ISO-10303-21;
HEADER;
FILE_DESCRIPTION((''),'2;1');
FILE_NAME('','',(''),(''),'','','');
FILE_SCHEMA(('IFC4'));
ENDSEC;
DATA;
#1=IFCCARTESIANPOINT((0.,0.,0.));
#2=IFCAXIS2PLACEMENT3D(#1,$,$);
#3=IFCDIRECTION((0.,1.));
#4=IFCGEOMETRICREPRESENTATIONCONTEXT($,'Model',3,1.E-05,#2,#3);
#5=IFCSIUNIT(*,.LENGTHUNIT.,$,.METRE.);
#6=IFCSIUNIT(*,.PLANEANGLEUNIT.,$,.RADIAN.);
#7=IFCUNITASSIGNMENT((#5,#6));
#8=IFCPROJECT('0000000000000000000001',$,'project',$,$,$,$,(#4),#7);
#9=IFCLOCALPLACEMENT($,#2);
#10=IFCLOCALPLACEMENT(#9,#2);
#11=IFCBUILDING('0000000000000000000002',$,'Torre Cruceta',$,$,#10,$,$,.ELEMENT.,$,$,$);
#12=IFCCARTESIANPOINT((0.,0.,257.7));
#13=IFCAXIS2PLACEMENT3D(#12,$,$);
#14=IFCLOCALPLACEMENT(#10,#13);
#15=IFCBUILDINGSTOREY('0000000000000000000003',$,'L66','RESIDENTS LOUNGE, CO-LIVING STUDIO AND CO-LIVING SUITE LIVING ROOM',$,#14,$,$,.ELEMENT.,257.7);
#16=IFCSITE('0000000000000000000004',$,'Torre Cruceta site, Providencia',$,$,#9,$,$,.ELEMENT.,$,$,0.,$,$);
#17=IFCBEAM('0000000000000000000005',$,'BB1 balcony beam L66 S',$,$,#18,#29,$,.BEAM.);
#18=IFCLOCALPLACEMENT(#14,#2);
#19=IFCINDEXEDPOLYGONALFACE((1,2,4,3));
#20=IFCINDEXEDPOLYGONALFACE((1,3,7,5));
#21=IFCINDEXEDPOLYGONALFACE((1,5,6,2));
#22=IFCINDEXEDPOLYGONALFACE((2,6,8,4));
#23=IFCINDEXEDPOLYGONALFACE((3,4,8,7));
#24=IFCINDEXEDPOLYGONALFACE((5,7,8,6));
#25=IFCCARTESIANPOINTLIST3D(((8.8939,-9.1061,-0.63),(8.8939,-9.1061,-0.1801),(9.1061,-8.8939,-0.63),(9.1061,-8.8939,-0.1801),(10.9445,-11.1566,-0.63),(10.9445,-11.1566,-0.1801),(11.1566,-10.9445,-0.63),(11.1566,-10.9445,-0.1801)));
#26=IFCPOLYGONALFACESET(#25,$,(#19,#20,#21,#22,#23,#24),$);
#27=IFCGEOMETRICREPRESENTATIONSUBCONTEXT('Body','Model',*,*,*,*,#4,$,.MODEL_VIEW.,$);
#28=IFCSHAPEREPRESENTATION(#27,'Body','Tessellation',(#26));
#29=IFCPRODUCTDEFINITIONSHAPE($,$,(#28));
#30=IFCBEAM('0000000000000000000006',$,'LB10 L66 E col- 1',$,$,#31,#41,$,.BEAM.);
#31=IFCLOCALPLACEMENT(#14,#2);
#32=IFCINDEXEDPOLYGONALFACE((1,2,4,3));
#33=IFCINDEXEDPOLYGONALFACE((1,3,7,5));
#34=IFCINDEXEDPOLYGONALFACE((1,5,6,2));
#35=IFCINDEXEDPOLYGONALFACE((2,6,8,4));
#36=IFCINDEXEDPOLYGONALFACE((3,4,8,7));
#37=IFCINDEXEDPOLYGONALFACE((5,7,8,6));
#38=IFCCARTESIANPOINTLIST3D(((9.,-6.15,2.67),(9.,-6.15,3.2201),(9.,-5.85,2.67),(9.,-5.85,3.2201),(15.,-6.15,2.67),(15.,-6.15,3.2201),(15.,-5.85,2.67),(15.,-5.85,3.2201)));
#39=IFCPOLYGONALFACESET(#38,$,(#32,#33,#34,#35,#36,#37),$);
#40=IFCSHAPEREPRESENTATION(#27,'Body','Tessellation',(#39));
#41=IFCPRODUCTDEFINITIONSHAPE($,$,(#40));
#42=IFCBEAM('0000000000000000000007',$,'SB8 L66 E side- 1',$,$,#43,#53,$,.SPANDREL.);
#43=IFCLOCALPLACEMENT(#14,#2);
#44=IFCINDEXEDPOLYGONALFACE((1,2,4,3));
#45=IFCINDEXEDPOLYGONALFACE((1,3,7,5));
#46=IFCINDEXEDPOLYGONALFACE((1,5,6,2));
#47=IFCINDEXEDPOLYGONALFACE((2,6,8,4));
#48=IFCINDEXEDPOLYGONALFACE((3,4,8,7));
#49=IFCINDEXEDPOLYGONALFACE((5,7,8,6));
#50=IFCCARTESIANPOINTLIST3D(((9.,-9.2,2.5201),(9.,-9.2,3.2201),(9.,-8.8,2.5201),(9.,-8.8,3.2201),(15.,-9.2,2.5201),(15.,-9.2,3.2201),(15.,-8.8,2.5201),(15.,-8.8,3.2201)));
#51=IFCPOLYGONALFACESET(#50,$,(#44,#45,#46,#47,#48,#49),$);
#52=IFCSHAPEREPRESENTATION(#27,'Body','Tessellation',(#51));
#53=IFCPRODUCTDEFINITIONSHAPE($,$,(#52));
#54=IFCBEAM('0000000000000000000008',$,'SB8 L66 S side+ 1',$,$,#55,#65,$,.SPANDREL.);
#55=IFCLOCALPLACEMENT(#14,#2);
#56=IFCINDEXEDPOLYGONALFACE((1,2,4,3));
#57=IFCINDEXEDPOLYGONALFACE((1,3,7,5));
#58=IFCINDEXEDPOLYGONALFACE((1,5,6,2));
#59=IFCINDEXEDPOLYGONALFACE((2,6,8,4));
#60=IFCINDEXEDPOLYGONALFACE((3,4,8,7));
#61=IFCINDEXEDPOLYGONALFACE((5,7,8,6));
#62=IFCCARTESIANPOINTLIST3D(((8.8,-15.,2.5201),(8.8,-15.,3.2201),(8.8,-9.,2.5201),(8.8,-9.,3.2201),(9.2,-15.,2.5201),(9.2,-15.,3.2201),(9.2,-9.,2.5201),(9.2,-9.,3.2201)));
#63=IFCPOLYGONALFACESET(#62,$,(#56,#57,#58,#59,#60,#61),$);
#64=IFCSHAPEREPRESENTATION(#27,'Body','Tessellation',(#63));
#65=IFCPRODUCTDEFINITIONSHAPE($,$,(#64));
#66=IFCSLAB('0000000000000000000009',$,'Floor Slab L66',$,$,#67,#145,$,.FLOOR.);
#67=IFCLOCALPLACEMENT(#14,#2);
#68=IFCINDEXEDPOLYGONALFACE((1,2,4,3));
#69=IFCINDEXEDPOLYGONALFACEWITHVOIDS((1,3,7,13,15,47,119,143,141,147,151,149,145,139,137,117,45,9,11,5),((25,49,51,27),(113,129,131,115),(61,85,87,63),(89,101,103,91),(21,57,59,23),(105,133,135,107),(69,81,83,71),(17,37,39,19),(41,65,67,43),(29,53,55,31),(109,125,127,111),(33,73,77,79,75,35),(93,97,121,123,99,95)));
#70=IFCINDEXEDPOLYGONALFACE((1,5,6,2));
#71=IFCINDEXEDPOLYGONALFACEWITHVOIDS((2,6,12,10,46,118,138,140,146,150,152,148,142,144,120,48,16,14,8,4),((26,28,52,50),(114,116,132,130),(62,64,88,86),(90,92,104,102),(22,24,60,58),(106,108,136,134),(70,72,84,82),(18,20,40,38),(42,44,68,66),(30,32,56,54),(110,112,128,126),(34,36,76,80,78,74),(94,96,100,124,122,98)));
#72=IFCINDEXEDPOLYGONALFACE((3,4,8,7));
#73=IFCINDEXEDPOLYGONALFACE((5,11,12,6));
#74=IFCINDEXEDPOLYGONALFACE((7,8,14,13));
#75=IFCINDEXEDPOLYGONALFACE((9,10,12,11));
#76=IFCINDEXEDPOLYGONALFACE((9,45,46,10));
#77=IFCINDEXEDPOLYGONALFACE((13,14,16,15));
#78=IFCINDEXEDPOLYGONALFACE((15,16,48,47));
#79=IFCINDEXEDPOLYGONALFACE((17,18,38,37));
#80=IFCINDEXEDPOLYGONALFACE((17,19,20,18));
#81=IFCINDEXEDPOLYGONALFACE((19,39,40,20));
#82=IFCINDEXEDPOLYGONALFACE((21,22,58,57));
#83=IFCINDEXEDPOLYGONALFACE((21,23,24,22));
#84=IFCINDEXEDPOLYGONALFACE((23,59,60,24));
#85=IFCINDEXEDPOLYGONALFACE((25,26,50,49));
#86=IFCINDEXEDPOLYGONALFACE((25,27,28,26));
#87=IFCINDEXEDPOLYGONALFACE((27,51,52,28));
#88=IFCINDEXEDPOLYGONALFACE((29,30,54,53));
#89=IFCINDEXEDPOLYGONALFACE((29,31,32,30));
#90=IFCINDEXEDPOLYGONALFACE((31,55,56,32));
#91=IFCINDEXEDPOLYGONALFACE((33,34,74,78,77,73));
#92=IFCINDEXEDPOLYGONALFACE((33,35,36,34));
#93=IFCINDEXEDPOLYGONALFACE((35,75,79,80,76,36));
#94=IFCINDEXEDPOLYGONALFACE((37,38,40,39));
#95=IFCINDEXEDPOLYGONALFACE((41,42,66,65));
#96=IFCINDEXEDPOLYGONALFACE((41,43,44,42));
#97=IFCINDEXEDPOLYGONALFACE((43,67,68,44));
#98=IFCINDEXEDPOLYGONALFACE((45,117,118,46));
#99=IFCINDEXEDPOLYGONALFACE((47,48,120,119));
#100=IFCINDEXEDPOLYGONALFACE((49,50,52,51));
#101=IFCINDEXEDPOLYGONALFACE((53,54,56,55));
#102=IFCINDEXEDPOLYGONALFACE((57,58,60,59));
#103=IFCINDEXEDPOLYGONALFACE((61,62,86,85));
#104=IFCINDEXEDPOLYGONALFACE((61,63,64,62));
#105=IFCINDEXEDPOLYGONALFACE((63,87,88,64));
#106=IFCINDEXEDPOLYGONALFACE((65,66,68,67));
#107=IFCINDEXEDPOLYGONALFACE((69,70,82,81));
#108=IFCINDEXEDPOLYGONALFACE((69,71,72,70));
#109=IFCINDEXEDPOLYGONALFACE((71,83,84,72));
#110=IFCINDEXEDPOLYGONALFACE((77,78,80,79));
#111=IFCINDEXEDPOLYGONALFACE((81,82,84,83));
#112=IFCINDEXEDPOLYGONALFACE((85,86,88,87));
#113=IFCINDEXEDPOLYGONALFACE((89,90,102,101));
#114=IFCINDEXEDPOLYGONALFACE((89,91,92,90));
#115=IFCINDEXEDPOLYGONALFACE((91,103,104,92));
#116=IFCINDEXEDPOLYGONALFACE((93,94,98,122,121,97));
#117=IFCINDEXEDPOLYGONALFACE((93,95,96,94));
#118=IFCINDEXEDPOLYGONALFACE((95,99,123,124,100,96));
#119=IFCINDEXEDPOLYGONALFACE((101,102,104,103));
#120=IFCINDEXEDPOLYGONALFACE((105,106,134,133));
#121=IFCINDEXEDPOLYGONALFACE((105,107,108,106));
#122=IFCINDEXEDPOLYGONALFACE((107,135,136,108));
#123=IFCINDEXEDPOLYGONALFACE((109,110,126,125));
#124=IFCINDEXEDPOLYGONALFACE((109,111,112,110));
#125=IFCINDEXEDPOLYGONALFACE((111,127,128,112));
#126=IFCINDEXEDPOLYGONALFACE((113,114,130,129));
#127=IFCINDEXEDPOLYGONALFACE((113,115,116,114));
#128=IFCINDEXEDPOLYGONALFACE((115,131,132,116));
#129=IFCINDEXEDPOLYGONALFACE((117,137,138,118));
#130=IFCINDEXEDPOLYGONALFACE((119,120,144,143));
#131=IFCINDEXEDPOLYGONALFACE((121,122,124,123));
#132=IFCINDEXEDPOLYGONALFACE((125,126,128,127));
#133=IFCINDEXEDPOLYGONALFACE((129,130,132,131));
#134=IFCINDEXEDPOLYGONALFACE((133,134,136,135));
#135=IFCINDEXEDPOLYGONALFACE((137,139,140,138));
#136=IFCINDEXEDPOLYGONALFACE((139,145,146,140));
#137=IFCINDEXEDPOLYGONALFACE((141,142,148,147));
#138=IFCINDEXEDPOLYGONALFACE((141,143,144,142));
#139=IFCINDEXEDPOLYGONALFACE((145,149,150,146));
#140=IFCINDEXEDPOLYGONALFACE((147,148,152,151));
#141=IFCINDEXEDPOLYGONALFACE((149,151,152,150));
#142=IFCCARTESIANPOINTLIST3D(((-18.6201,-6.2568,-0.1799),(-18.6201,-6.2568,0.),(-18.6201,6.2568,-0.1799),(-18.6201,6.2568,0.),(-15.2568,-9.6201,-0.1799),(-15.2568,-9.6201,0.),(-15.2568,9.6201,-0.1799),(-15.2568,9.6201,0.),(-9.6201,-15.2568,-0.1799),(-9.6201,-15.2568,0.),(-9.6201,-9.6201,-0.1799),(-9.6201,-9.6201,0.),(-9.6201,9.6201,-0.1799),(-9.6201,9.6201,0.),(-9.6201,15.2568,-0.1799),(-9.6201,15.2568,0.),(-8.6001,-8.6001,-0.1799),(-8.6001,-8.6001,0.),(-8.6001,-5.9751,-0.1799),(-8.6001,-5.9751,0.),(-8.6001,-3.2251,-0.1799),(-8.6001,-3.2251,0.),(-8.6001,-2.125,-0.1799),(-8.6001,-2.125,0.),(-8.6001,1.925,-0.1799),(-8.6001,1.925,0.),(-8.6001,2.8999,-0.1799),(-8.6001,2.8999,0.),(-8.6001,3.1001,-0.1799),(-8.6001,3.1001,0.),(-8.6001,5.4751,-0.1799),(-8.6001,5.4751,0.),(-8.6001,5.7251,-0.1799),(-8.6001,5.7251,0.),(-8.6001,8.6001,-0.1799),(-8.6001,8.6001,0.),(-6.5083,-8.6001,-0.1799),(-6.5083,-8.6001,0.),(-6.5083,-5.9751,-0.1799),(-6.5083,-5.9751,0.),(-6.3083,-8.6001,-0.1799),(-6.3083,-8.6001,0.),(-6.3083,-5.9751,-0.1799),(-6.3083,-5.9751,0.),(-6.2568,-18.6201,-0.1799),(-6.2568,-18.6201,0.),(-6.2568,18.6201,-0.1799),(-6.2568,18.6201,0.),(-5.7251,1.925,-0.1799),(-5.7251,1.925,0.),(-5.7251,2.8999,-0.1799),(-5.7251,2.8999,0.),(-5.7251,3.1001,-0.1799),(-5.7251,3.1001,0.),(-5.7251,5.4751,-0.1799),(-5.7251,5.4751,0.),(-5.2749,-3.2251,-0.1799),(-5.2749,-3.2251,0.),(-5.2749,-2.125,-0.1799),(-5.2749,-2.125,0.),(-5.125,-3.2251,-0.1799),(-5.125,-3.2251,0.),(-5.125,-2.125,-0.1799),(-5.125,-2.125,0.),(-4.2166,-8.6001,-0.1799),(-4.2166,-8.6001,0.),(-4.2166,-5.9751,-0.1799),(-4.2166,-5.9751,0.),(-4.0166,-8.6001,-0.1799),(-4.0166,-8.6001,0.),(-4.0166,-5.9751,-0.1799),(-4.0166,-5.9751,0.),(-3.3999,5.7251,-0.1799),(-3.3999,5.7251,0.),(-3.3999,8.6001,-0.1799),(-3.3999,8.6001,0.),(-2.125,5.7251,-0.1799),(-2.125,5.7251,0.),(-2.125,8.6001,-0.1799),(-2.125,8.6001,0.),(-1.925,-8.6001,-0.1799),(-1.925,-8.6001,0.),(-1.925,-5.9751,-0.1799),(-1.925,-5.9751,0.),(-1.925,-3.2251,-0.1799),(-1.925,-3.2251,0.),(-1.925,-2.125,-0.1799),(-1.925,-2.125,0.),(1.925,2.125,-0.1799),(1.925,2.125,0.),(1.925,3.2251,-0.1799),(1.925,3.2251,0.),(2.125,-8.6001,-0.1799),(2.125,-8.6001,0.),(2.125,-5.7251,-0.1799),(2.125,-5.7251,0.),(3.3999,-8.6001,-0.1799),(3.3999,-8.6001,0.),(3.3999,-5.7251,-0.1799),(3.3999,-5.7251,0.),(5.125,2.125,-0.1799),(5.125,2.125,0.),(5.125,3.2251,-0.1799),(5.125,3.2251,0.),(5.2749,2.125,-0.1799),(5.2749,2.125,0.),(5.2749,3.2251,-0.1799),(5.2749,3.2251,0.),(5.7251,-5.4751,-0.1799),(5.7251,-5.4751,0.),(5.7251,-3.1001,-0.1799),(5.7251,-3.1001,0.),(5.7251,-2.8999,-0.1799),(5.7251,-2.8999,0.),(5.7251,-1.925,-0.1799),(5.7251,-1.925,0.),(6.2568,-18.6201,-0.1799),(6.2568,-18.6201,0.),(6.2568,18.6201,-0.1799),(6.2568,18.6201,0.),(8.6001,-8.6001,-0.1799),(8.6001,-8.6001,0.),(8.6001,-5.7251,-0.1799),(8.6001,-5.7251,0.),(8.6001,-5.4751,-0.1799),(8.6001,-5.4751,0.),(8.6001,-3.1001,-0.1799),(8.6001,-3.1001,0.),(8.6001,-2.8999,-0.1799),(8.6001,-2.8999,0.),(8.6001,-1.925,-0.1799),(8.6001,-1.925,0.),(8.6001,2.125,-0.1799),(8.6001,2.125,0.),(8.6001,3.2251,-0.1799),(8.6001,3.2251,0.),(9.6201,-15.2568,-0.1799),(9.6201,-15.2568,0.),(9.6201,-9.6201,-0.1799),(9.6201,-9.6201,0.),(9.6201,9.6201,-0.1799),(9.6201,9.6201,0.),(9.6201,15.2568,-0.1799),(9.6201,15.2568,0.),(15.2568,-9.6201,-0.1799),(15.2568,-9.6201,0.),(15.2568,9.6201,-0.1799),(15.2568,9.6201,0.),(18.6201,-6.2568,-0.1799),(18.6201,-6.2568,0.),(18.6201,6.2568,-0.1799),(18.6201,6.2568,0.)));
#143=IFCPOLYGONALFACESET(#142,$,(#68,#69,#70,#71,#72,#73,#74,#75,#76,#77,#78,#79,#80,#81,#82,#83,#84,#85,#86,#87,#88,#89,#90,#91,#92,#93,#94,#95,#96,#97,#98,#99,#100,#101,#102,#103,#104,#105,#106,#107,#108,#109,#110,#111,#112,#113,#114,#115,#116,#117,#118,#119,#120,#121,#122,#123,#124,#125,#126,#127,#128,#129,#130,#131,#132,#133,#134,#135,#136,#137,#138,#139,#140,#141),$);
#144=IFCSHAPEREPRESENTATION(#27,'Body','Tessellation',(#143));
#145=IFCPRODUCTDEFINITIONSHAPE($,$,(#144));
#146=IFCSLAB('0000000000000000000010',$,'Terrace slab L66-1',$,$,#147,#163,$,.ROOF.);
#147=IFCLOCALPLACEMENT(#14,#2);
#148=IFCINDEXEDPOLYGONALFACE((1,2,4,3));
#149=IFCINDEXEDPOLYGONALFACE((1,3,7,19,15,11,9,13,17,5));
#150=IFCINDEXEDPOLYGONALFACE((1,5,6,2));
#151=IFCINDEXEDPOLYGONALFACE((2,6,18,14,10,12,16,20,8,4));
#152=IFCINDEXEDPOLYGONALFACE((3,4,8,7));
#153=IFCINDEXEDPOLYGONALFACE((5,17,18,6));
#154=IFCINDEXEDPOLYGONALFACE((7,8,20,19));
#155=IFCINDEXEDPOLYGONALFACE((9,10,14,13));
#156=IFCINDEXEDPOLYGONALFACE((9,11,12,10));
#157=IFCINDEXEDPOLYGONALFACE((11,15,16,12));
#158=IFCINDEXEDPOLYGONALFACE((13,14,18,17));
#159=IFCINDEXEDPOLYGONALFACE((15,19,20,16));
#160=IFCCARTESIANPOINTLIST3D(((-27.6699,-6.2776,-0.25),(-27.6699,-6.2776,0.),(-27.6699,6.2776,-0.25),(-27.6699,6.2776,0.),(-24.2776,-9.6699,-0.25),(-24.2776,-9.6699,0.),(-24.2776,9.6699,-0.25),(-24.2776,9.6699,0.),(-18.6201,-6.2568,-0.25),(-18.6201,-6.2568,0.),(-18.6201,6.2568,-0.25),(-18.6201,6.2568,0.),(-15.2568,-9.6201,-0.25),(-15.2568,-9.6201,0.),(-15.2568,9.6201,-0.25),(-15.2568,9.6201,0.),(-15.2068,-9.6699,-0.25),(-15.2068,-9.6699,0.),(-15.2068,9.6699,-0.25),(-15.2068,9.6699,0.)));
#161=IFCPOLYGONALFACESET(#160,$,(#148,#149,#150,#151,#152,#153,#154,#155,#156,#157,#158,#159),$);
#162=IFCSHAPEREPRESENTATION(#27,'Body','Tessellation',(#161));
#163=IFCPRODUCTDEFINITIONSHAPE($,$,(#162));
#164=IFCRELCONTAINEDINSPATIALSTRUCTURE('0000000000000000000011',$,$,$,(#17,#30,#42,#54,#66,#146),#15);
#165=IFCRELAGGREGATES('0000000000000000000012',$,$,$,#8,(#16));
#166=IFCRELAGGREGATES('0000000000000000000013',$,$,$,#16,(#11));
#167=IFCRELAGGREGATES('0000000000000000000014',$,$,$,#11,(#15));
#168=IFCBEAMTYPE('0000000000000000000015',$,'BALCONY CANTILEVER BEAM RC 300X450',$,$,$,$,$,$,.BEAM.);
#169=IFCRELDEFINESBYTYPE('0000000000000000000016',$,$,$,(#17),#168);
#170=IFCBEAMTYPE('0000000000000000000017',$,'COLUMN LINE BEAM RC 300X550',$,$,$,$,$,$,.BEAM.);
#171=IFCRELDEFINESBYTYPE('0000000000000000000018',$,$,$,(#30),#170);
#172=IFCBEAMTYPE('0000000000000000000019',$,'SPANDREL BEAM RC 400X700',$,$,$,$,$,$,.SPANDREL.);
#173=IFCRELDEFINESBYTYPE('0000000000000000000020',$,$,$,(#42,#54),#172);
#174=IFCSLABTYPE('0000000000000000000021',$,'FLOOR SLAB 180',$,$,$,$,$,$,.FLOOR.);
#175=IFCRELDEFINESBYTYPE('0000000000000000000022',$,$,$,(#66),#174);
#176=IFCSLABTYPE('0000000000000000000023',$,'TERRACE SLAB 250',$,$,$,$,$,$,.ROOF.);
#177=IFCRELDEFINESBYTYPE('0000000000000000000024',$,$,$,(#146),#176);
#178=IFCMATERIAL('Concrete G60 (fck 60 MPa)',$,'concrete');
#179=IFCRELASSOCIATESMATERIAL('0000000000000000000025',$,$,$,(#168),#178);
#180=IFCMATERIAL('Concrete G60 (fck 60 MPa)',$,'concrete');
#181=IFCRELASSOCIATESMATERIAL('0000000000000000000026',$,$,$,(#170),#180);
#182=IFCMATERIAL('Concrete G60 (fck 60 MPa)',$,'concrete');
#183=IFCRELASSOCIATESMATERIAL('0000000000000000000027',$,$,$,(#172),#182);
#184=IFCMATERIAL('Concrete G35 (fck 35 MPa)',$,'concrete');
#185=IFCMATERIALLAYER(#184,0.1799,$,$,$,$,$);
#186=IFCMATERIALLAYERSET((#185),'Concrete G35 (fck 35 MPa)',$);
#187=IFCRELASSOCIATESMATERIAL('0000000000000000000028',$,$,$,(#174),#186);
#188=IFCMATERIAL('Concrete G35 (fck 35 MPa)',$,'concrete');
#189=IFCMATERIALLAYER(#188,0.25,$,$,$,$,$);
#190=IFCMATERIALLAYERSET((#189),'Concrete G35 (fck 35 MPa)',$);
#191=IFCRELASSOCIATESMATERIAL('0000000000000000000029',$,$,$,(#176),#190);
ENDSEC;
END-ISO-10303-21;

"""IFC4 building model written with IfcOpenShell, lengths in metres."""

from ifc_helpers import new_model, si_unit, direction, frame, origin, origin_2d, place, context, subcontext, project, spatial, polyline, rectangle, outline, extrude, material, layer, layer_set, material_profile, profile_set, type_object, element, save


model = new_model("IFC4")

# Units and contexts
model_context = context("Model", 3, precision=1e-05, world=origin(), true_north=direction((0.0, 1.0)))
body_context = subcontext(model_context, "Body", "Model", "MODEL_VIEW")
ifc_project = project(units=[si_unit("LENGTHUNIT", "METRE"), si_unit("PLANEANGLEUNIT", "RADIAN")], contexts=[model_context])

# Site, building, storey
site_placement = place(None, origin())
site = spatial("IfcSite", under=ifc_project, at=site_placement, Name="Torre Cruceta site, Providencia", CompositionType="ELEMENT", RefElevation=0.0)
building_placement = place(site_placement, origin())
building = spatial("IfcBuilding", under=site, at=building_placement, Name="Torre Cruceta", CompositionType="ELEMENT")
storey_placement = place(building_placement, frame((0.0, 0.0, 257.7)))
storey = spatial("IfcBuildingStorey", under=building, at=storey_placement, Name="L66", Description="RESIDENTS LOUNGE, CO-LIVING STUDIO AND CO-LIVING SUITE LIVING ROOM", CompositionType="ELEMENT", Elevation=257.7)

# Beams
ifc_material_1 = material(Name="Concrete G60 (fck 60 MPa)", Category="concrete")
ifc_material_profile_1 = material_profile(ifc_material_1, rectangle(XDim=0.3, YDim=0.45, at=origin_2d()), Name="RC 300X450")
ifc_profile_set_1 = profile_set([ifc_material_profile_1], Name="Concrete G60 (fck 60 MPa)")
beam_type_1 = type_object("IfcBeamType", Name="BALCONY CANTILEVER BEAM RC 300X450", PredefinedType="BEAM", material=ifc_profile_set_1)
beam_1_placement = place(storey_placement, frame((9.0, -9.0, -0.405), z_axis=(0.707107, -0.707107, 0.0), x_axis=(0.707107, 0.707107, 0.0)))
element("IfcBeam", 1, at=beam_1_placement, inside=storey, type_object=beam_type_1, Name="BB1 balcony beam L66 S", PredefinedType="BEAM", context=body_context, shape_type="SweptSolid", body=[
    extrude(rectangle(XDim=0.3, YDim=0.45, at=origin_2d()), origin(), (0.0, 0.0, 1.0), 2.8999),
])
ifc_material_2 = material(Name="Concrete G60 (fck 60 MPa)", Category="concrete")
ifc_material_profile_2 = material_profile(ifc_material_2, rectangle(XDim=0.3, YDim=0.55, at=origin_2d()), Name="RC 300X550")
ifc_profile_set_2 = profile_set([ifc_material_profile_2], Name="Concrete G60 (fck 60 MPa)")
beam_type_2 = type_object("IfcBeamType", Name="COLUMN LINE BEAM RC 300X550", PredefinedType="BEAM", material=ifc_profile_set_2)
beam_2_placement = place(storey_placement, frame((9.0, -6.0, 2.9451), z_axis=(1.0, 0.0, 0.0), x_axis=(0.0, 1.0, 0.0)))
element("IfcBeam", 2, at=beam_2_placement, inside=storey, type_object=beam_type_2, Name="LB10 L66 E col- 1", PredefinedType="BEAM", context=body_context, shape_type="SweptSolid", body=[
    extrude(rectangle(XDim=0.3, YDim=0.55, at=origin_2d()), origin(), (0.0, 0.0, 1.0), 6.0),
])
ifc_material_3 = material(Name="Concrete G60 (fck 60 MPa)", Category="concrete")
ifc_material_profile_3 = material_profile(ifc_material_3, rectangle(XDim=0.3999, YDim=0.7, at=origin_2d()), Name="RC 400X700")
ifc_profile_set_3 = profile_set([ifc_material_profile_3], Name="Concrete G60 (fck 60 MPa)")
beam_type_3 = type_object("IfcBeamType", Name="SPANDREL BEAM RC 400X700", PredefinedType="SPANDREL", material=ifc_profile_set_3)
for number, where, z_axis, x_axis, name in (
    (3, (9.0, -9.0, 2.8701), (1.0, 0.0, 0.0), (0.0, 1.0, 0.0), "SB8 L66 E side- 1"),
    (4, (9.0, -9.0, 2.8701), (0.0, -1.0, 0.0), (1.0, 0.0, 0.0), "SB8 L66 S side+ 1"),
):
    element("IfcBeam", number, at=place(storey_placement, frame(where, z_axis=z_axis, x_axis=x_axis)), inside=storey, type_object=beam_type_3, Name=name, PredefinedType="SPANDREL", context=body_context, shape_type="SweptSolid", body=[
        extrude(rectangle(XDim=0.3999, YDim=0.7, at=origin_2d()), origin(), (0.0, 0.0, 1.0), 6.0),
    ])

# Slabs
ifc_material_4 = material(Name="Concrete G35 (fck 35 MPa)", Category="concrete")
ifc_layer_1 = layer(ifc_material_4, 0.1799)
ifc_layer_set_1 = layer_set([ifc_layer_1], Name="Concrete G35 (fck 35 MPa)")
slab_type_1 = type_object("IfcSlabType", Name="FLOOR SLAB 180", PredefinedType="FLOOR", material=ifc_layer_set_1)
slab_1_placement = place(storey_placement, frame((0.0, 0.0, -0.1799)))
element("IfcSlab", 5, at=slab_1_placement, inside=storey, type_object=slab_type_1, Name="Floor Slab L66", PredefinedType="FLOOR", context=body_context, shape_type="SweptSolid", body=[
    extrude(outline(polyline([(9.6201, -9.6201), (9.6201, -15.2568), (6.2568, -18.6201), (-6.2568, -18.6201), (-9.6201, -15.2568), (-9.6201, -9.6201), (-15.2568, -9.6201), (-18.6201, -6.2568), (-18.6201, 6.2568), (-15.2568, 9.6201), (-9.6201, 9.6201), (-9.6201, 15.2568), (-6.2568, 18.6201), (6.2568, 18.6201), (9.6201, 15.2568), (9.6201, 9.6201), (15.2568, 9.6201), (18.6201, 6.2568), (18.6201, -6.2568), (15.2568, -9.6201), (9.6201, -9.6201)]), holes=[polyline([(1.925, 2.125), (5.125, 2.125), (5.125, 3.2251), (1.925, 3.2251), (1.925, 2.125)]), polyline([(5.2749, 2.125), (8.6001, 2.125), (8.6001, 3.2251), (5.2749, 3.2251), (5.2749, 2.125)]), polyline([(-8.6001, 3.1001), (-5.7251, 3.1001), (-5.7251, 5.4751), (-8.6001, 5.4751), (-8.6001, 3.1001)]), polyline([(-8.6001, 1.925), (-5.7251, 1.925), (-5.7251, 2.8999), (-8.6001, 2.8999), (-8.6001, 1.925)]), polyline([(-4.0166, -8.6001), (-1.925, -8.6001), (-1.925, -5.9751), (-4.0166, -5.9751), (-4.0166, -8.6001)]), polyline([(-6.3083, -8.6001), (-4.2166, -8.6001), (-4.2166, -5.9751), (-6.3083, -5.9751), (-6.3083, -8.6001)]), polyline([(-8.6001, -8.6001), (-6.5083, -8.6001), (-6.5083, -5.9751), (-8.6001, -5.9751), (-8.6001, -8.6001)]), polyline([(-5.125, -3.2251), (-1.925, -3.2251), (-1.925, -2.125), (-5.125, -2.125), (-5.125, -3.2251)]), polyline([(-8.6001, -3.2251), (-5.2749, -3.2251), (-5.2749, -2.125), (-8.6001, -2.125), (-8.6001, -3.2251)]), polyline([(5.7251, -5.4751), (8.6001, -5.4751), (8.6001, -3.1001), (5.7251, -3.1001), (5.7251, -5.4751)]), polyline([(5.7251, -2.8999), (8.6001, -2.8999), (8.6001, -1.925), (5.7251, -1.925), (5.7251, -2.8999)]), polyline([(-8.6001, 5.7251), (-8.6001, 8.6001), (-3.3999, 8.6001), (-2.125, 8.6001), (-2.125, 5.7251), (-3.3999, 5.7251), (-8.6001, 5.7251)]), polyline([(2.125, -5.7251), (3.3999, -5.7251), (8.6001, -5.7251), (8.6001, -8.6001), (3.3999, -8.6001), (2.125, -8.6001), (2.125, -5.7251)])]), origin(), (0.0, 0.0, 1.0), 0.1799),
])
ifc_material_5 = material(Name="Concrete G35 (fck 35 MPa)", Category="concrete")
ifc_layer_2 = layer(ifc_material_5, 0.25)
ifc_layer_set_2 = layer_set([ifc_layer_2], Name="Concrete G35 (fck 35 MPa)")
slab_type_2 = type_object("IfcSlabType", Name="TERRACE SLAB 250", PredefinedType="ROOF", material=ifc_layer_set_2)
slab_2_placement = place(storey_placement, frame((0.0, 0.0, -0.25)))
element("IfcSlab", 6, at=slab_2_placement, inside=storey, type_object=slab_type_2, Name="Terrace slab L66-1", PredefinedType="ROOF", context=body_context, shape_type="SweptSolid", body=[
    extrude(outline(polyline([(-24.2776, -9.6699), (-27.6699, -6.2776), (-27.6699, 6.2776), (-24.2776, 9.6699), (-15.2068, 9.6699), (-15.2568, 9.6201), (-18.6201, 6.2568), (-18.6201, -6.2568), (-15.2568, -9.6201), (-15.2068, -9.6699), (-24.2776, -9.6699)])), origin(), (0.0, 0.0, 1.0), 0.25),
])

save(model, "model.ifc")
